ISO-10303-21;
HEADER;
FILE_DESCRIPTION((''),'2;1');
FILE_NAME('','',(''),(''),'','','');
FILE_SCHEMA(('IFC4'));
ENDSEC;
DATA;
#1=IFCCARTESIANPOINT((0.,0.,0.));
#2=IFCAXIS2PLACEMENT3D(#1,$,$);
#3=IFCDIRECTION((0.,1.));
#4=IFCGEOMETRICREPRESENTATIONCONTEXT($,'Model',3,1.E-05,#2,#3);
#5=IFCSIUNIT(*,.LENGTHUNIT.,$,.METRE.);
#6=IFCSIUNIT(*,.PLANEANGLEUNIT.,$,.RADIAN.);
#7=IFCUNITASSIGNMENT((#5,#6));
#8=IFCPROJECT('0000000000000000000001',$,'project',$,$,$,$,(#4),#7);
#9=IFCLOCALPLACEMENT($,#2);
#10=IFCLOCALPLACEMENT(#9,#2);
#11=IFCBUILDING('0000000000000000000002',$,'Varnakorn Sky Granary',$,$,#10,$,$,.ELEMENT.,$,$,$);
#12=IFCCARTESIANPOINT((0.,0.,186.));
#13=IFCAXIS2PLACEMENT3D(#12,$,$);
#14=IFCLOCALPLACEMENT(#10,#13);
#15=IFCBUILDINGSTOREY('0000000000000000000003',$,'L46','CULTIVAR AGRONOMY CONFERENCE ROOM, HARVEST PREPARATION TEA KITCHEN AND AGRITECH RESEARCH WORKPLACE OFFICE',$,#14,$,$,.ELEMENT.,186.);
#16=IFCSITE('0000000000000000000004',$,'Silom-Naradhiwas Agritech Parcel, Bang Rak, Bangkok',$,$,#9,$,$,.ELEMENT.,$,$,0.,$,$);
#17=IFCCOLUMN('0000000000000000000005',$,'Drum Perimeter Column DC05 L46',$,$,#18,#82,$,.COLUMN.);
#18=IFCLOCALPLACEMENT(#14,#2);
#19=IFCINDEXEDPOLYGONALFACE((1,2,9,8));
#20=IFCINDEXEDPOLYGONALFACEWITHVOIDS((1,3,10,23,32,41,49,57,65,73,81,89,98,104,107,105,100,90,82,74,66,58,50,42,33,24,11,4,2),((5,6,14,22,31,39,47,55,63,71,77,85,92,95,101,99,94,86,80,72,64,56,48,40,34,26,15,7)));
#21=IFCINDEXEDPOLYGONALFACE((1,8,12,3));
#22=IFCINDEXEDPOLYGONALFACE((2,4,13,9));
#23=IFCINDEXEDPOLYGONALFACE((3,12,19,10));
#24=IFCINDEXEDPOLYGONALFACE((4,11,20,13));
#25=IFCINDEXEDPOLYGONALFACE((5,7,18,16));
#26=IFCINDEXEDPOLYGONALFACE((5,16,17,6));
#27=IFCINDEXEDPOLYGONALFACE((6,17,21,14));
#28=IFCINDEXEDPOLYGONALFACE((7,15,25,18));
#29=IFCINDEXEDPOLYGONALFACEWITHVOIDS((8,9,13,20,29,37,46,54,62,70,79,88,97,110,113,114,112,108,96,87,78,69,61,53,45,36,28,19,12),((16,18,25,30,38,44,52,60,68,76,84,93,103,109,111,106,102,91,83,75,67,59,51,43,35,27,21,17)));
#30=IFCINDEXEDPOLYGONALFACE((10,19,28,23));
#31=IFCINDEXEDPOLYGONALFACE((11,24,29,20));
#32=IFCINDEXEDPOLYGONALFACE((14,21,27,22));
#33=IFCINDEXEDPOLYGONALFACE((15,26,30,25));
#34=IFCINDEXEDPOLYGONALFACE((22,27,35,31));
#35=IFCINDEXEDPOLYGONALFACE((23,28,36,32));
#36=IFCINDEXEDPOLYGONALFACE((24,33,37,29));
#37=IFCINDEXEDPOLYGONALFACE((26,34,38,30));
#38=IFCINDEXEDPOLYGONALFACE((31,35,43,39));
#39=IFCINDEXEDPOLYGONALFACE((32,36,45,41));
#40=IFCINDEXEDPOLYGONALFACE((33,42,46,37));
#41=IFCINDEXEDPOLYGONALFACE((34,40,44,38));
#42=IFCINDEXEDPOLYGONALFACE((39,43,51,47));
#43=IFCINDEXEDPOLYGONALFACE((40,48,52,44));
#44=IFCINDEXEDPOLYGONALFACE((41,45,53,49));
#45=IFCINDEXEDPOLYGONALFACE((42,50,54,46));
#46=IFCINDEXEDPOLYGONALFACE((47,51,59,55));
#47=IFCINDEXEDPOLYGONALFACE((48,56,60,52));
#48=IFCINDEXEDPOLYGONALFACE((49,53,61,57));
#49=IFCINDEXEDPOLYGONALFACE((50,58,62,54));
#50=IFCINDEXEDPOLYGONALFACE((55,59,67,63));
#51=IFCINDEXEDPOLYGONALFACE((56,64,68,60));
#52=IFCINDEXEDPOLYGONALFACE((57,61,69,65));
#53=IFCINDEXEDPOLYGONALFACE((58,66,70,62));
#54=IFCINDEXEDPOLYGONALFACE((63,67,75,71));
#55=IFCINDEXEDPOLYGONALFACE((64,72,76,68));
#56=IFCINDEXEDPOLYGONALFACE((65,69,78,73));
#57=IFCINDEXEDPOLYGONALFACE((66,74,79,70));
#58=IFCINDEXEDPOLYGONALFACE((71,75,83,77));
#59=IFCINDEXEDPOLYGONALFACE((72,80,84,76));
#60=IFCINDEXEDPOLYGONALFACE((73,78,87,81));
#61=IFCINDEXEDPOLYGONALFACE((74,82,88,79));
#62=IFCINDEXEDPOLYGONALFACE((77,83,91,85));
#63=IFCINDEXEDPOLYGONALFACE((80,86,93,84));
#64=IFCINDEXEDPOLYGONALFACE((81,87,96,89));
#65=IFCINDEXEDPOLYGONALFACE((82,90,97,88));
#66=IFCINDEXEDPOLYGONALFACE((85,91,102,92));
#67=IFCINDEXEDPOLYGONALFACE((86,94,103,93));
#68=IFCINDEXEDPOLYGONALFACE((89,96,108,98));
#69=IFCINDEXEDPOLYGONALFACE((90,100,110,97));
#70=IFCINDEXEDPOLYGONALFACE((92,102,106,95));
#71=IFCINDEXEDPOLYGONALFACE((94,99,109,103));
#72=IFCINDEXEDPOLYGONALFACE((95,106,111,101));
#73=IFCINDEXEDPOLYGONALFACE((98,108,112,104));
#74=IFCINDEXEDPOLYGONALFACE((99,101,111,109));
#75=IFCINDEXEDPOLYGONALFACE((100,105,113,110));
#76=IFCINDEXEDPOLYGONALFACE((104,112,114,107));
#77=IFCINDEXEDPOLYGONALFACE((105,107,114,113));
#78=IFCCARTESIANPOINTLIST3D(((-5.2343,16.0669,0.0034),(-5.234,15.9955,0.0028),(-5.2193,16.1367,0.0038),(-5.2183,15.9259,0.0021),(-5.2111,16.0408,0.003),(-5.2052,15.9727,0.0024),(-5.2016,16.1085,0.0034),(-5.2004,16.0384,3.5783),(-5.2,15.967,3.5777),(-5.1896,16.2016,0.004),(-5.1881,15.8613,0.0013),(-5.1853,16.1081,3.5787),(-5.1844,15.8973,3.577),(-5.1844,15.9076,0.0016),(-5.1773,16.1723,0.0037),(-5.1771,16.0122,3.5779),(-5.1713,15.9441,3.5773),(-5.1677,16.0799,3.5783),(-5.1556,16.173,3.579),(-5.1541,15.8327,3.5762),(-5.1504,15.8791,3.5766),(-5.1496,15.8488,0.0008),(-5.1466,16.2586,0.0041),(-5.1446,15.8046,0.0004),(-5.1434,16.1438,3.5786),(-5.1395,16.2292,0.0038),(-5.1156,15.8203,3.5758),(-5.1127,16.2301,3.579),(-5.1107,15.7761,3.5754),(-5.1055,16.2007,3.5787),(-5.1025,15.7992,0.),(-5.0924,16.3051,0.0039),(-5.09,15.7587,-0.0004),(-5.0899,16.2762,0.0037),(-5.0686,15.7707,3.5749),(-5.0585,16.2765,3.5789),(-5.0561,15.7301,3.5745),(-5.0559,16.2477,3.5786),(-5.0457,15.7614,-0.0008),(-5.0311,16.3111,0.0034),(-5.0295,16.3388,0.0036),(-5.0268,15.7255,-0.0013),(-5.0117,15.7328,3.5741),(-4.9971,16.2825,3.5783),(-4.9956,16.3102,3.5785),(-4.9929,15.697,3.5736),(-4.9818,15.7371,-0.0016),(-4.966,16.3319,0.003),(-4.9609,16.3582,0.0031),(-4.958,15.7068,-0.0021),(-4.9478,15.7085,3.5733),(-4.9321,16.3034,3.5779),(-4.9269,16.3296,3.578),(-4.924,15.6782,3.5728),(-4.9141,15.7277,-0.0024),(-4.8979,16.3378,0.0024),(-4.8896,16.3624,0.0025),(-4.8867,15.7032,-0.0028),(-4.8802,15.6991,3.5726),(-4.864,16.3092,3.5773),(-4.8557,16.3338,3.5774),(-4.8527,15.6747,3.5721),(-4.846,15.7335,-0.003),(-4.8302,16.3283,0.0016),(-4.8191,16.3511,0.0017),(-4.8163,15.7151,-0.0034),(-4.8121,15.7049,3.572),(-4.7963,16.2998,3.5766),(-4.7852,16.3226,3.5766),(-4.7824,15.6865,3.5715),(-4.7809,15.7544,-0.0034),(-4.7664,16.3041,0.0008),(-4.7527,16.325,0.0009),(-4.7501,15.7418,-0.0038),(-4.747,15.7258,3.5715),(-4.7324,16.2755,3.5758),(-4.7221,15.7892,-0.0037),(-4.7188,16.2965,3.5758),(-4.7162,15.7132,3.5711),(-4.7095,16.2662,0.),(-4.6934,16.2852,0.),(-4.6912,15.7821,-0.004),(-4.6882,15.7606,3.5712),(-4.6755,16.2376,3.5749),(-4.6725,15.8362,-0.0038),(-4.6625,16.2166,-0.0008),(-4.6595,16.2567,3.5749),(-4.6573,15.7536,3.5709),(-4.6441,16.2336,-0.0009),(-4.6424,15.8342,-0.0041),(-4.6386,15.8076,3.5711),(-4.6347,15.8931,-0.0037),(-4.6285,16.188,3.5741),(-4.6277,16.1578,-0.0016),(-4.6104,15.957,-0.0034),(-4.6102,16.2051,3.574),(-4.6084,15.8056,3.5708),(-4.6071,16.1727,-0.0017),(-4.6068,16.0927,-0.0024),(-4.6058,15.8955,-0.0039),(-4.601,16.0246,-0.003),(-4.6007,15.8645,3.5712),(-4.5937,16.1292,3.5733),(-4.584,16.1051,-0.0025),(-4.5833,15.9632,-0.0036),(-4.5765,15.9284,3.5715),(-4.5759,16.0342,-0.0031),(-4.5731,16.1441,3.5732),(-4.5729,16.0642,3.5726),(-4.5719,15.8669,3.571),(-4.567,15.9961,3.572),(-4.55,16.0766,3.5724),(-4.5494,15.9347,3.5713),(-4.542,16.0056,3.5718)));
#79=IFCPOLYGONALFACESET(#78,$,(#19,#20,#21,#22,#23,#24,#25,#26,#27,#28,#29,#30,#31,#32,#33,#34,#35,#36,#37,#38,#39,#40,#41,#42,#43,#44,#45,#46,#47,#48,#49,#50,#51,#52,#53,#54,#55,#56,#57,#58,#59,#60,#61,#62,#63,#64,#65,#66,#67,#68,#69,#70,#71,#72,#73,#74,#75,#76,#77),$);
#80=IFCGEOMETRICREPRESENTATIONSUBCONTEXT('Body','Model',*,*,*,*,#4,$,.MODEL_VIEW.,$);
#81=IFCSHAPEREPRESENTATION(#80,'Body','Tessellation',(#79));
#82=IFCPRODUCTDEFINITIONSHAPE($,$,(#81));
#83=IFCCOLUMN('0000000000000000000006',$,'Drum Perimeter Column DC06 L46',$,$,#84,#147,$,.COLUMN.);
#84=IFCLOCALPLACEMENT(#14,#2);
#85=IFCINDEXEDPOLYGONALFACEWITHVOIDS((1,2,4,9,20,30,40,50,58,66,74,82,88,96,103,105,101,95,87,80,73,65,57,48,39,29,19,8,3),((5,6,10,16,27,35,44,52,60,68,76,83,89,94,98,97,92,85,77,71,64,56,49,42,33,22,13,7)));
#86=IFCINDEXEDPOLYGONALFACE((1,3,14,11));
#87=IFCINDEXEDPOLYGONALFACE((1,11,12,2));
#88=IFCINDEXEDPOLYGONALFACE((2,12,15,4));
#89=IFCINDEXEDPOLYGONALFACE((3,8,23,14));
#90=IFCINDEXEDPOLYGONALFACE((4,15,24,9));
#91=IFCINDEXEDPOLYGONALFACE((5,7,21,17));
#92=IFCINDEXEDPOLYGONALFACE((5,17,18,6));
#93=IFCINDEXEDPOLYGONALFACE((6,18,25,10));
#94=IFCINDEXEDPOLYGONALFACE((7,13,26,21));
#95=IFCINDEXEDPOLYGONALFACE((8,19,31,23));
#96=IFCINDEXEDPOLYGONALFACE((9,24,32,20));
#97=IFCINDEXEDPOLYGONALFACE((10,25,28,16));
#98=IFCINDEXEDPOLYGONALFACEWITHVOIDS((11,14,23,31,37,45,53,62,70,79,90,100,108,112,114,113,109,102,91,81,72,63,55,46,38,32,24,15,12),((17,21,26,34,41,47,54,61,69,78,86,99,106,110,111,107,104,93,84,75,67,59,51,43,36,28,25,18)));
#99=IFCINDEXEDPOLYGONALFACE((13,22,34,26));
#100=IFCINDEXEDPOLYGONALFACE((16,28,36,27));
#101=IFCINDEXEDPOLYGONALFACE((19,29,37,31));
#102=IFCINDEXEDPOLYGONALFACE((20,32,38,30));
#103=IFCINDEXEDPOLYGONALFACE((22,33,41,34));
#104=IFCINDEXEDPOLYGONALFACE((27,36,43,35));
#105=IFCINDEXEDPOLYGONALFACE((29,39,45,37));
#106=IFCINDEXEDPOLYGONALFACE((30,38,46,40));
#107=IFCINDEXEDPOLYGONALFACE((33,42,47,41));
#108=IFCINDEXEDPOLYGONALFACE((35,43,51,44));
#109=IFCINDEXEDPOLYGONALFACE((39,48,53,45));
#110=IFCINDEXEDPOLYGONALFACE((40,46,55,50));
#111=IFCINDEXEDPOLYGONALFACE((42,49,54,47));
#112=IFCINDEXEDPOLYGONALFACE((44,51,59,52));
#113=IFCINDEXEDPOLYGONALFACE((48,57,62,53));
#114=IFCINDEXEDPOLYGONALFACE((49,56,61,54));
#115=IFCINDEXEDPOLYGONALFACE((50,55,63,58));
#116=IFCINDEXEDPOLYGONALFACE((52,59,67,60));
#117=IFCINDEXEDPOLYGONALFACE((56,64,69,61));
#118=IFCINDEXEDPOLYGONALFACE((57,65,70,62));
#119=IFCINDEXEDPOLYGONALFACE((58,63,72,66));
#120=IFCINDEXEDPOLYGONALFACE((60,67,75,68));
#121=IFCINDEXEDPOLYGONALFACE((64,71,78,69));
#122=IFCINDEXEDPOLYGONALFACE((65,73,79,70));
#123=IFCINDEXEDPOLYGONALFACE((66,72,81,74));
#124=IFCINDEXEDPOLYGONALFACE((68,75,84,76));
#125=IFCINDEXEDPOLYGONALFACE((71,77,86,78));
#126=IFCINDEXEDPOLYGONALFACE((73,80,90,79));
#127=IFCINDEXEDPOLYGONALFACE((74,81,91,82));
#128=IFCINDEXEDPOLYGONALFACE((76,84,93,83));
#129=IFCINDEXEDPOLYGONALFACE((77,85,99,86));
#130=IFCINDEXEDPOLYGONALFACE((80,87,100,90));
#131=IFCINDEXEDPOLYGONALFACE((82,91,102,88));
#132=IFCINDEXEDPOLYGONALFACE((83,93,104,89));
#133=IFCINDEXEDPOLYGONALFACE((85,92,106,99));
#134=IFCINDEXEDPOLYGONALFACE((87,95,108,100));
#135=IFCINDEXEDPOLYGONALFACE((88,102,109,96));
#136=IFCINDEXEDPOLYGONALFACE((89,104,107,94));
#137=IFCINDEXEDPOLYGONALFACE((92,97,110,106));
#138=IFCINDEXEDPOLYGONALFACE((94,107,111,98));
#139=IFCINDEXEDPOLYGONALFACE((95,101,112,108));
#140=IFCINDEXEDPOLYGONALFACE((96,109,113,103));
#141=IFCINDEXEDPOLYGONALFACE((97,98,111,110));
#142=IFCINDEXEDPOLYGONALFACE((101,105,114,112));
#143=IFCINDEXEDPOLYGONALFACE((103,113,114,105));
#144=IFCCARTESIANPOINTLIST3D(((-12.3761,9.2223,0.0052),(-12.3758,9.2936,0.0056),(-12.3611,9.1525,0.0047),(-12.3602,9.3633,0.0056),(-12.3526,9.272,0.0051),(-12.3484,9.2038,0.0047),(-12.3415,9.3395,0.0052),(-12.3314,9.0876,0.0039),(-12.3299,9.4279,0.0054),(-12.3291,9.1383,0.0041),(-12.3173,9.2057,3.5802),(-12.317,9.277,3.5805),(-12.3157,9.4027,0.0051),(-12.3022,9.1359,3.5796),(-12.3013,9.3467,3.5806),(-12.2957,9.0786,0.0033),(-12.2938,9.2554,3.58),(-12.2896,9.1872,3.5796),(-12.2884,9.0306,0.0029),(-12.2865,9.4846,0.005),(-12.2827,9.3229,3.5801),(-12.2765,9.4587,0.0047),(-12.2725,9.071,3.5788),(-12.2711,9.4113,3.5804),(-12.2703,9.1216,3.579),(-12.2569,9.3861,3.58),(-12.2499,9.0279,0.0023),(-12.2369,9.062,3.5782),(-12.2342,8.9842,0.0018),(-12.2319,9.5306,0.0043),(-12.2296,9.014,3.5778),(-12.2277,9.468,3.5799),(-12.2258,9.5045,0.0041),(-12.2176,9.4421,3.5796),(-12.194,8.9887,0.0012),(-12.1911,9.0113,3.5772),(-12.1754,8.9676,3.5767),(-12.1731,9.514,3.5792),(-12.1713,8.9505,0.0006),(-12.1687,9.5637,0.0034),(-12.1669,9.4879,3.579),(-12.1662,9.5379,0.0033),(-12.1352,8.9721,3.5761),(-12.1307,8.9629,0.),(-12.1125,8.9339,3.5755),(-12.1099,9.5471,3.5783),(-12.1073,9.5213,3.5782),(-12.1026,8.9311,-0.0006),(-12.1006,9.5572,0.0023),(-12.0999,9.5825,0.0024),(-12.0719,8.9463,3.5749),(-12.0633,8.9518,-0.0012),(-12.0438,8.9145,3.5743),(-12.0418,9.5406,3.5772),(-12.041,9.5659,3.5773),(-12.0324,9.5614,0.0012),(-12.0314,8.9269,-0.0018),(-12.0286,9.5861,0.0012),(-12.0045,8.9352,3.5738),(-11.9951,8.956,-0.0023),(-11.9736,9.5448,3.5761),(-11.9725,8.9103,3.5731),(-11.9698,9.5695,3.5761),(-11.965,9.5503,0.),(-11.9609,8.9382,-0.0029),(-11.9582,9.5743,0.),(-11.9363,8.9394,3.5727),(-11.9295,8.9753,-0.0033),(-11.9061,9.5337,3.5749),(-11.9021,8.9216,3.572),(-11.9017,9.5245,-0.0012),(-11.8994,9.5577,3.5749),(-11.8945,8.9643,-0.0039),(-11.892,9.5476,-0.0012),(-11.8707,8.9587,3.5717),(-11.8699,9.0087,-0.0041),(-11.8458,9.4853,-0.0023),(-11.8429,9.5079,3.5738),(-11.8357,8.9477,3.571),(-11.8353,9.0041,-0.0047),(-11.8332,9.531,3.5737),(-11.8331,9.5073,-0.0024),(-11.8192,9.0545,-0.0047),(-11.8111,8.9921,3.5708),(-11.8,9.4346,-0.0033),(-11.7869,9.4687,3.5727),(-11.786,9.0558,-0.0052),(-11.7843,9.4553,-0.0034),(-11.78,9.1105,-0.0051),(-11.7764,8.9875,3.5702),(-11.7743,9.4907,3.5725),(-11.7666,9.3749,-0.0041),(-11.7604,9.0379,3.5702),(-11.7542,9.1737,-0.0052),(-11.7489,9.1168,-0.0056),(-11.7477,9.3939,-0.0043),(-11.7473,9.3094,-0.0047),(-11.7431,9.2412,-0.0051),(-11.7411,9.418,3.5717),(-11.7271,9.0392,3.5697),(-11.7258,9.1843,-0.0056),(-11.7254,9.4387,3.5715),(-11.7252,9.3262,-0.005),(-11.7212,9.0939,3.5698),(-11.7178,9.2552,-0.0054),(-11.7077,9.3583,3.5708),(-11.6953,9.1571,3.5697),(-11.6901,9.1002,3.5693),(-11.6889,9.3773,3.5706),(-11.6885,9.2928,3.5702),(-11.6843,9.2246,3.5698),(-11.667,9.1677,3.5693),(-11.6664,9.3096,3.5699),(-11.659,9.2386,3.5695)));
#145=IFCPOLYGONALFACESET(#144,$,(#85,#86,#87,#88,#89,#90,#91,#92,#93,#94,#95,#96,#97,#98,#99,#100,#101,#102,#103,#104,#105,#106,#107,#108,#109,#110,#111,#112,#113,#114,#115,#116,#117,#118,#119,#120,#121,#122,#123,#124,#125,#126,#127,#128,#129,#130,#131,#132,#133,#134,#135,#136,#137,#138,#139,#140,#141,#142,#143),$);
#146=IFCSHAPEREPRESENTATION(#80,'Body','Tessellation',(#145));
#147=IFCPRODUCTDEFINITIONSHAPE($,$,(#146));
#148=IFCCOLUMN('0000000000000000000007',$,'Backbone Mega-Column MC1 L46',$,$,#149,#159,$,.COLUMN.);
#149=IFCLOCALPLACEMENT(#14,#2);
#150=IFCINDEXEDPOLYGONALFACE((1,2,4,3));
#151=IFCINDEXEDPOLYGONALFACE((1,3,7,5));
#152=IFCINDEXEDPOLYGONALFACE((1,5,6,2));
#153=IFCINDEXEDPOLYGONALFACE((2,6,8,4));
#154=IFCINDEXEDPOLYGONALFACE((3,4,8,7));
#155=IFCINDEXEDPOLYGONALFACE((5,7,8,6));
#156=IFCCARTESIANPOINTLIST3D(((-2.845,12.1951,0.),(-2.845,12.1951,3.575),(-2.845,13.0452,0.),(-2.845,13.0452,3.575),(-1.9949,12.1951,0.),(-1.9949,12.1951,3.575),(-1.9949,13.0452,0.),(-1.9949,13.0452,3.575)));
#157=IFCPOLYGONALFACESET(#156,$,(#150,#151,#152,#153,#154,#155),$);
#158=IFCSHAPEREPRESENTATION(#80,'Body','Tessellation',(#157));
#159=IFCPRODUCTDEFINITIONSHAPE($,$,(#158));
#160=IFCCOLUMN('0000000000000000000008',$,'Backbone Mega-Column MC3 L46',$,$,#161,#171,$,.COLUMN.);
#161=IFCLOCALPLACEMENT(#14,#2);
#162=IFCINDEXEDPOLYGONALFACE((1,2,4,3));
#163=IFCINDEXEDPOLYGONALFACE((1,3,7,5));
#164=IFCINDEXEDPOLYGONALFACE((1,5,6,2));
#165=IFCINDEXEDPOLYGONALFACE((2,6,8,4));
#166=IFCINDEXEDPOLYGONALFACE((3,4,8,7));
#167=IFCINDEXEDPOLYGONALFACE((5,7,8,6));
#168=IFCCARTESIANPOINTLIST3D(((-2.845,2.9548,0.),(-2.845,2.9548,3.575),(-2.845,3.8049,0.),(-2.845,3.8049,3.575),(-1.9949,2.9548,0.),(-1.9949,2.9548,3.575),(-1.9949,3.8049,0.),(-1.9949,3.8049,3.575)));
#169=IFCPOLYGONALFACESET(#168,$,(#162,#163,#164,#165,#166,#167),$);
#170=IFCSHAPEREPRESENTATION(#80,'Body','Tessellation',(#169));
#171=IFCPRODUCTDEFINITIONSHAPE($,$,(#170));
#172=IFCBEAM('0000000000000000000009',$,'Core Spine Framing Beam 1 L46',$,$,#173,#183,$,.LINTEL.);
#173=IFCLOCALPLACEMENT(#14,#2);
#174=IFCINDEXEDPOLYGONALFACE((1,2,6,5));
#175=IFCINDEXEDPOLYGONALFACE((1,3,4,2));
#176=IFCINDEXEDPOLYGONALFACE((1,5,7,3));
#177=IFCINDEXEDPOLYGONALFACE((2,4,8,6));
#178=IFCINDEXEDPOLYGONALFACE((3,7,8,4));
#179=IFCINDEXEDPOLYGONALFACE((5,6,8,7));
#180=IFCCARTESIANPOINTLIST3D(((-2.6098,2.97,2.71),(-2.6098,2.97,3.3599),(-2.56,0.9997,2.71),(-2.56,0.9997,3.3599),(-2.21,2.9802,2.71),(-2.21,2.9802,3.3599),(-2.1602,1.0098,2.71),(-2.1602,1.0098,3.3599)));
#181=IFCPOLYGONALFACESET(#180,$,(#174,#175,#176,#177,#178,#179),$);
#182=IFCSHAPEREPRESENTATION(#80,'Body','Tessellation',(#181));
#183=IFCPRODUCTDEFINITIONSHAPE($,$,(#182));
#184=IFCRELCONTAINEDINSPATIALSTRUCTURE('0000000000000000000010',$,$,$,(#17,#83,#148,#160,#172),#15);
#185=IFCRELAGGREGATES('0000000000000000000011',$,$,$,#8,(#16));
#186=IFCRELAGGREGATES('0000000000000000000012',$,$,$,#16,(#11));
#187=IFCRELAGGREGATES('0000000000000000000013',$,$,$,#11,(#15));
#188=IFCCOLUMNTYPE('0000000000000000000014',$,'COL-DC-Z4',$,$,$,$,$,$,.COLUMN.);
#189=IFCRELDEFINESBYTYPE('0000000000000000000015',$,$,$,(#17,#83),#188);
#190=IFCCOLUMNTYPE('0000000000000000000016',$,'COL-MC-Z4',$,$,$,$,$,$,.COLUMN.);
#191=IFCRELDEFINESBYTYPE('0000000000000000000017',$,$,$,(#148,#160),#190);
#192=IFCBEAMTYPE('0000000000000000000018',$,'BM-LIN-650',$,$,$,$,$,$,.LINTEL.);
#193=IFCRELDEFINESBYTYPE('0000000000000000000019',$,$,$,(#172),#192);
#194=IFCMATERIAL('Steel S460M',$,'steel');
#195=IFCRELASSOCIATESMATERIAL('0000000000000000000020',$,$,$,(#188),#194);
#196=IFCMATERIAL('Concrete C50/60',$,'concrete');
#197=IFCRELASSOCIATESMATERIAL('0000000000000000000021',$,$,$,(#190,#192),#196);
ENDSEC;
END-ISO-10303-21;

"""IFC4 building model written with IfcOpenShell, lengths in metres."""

from ifc_helpers import new_model, si_unit, direction, frame, origin, origin_2d, place, context, subcontext, project, spatial, rectangle, hollow_circle, extrude, material, material_profile, profile_set, type_object, element, save


model = new_model("IFC4")

# Units and contexts
model_context = context("Model", 3, precision=1e-05, world=origin(), true_north=direction((0.0, 1.0)))
body_context = subcontext(model_context, "Body", "Model", "MODEL_VIEW")
ifc_project = project(units=[si_unit("LENGTHUNIT", "METRE"), si_unit("PLANEANGLEUNIT", "RADIAN")], contexts=[model_context])

# Site, building, storey
site_placement = place(None, origin())
site = spatial("IfcSite", under=ifc_project, at=site_placement, Name="Silom-Naradhiwas Agritech Parcel, Bang Rak, Bangkok", CompositionType="ELEMENT", RefElevation=0.0)
building_placement = place(site_placement, origin())
building = spatial("IfcBuilding", under=site, at=building_placement, Name="Varnakorn Sky Granary", CompositionType="ELEMENT")
storey_placement = place(building_placement, frame((0.0, 0.0, 186.0)))
storey = spatial("IfcBuildingStorey", under=building, at=storey_placement, Name="L46", Description="CULTIVAR AGRONOMY CONFERENCE ROOM, HARVEST PREPARATION TEA KITCHEN AND AGRITECH RESEARCH WORKPLACE OFFICE", CompositionType="ELEMENT", Elevation=186.0)

# Columns
ifc_material_1 = material(Name="Steel S460M", Category="steel")
ifc_material_profile_1 = material_profile(ifc_material_1, hollow_circle(Radius=0.3301, WallThickness=0.0249, at=origin_2d()), Name="CHS 660x25")
ifc_profile_set_1 = profile_set([ifc_material_profile_1], Name="Steel S460M")
column_type_1 = type_object("IfcColumnType", Name="COL-DC-Z4", PredefinedType="COLUMN", material=ifc_profile_set_1)
column_1_placement = place(storey_placement, frame((-4.906, 16.0327, 0.0), z_axis=(0.009492, -0.00799, 0.999923), x_axis=(0.643966, 0.765054, 0.0)))
element("IfcColumn", 1, at=column_1_placement, inside=storey, type_object=column_type_1, Name="Drum Perimeter Column DC05 L46", PredefinedType="COLUMN", context=body_context, shape_type="SweptSolid", body=[
    extrude(hollow_circle(Radius=0.3301, WallThickness=0.0249, at=origin_2d()), origin(), (0.0, 0.0, 1.0), 3.5752),
])
column_2_placement = place(storey_placement, frame((-12.0479, 9.2566, 0.0), z_axis=(0.016456, -0.004643, 0.999854), x_axis=(0.271555, 0.962423, 0.0)))
element("IfcColumn", 2, at=column_2_placement, inside=storey, type_object=column_type_1, Name="Drum Perimeter Column DC06 L46", PredefinedType="COLUMN", context=body_context, shape_type="SweptSolid", body=[
    extrude(hollow_circle(Radius=0.3301, WallThickness=0.0249, at=origin_2d()), origin(), (0.0, 0.0, 1.0), 3.5754),
])
ifc_material_2 = material(Name="Concrete C50/60", Category="concrete")
ifc_material_profile_2 = material_profile(ifc_material_2, rectangle(XDim=0.8501, YDim=0.8501, at=origin_2d()), Name="RC 850x850")
ifc_profile_set_2 = profile_set([ifc_material_profile_2], Name="Concrete C50/60")
column_type_2 = type_object("IfcColumnType", Name="COL-MC-Z4", PredefinedType="COLUMN", material=ifc_profile_set_2)
for number, where, z_axis, x_axis, name in (
    (3, (-2.4199, 12.6201, 0.0), (0.0, 0.0, 1.0), (1.0, 0.0, 0.0), "Backbone Mega-Column MC1 L46"),
    (4, (-2.4199, 3.3799, 0.0), (0.0, 0.0, 1.0), (1.0, 0.0, 0.0), "Backbone Mega-Column MC3 L46"),
):
    element("IfcColumn", number, at=place(storey_placement, frame(where, z_axis=z_axis, x_axis=x_axis)), inside=storey, type_object=column_type_2, Name=name, PredefinedType="COLUMN", context=body_context, shape_type="SweptSolid", body=[
        extrude(rectangle(XDim=0.8501, YDim=0.8501, at=origin_2d()), origin(), (0.0, 0.0, 1.0), 3.575),
    ])

# Beam
ifc_material_profile_3 = material_profile(ifc_material_2, rectangle(XDim=0.3999, YDim=0.6499, at=origin_2d()), Name="RC 400x650")
ifc_profile_set_3 = profile_set([ifc_material_profile_3], Name="Concrete C50/60")
beam_type_1 = type_object("IfcBeamType", Name="BM-LIN-650", PredefinedType="LINTEL", material=ifc_profile_set_3)
beam_1_placement = place(storey_placement, frame((-2.4099, 2.9751, 3.0349), z_axis=(0.025271, -0.999681, 0.0), x_axis=(0.999681, 0.025271, 0.0)))
element("IfcBeam", 5, at=beam_1_placement, inside=storey, type_object=beam_type_1, Name="Core Spine Framing Beam 1 L46", PredefinedType="LINTEL", context=body_context, shape_type="SweptSolid", body=[
    extrude(rectangle(XDim=0.3999, YDim=0.6499, at=origin_2d()), origin(), (0.0, 0.0, 1.0), 1.9709),
])

save(model, "model.ifc")
